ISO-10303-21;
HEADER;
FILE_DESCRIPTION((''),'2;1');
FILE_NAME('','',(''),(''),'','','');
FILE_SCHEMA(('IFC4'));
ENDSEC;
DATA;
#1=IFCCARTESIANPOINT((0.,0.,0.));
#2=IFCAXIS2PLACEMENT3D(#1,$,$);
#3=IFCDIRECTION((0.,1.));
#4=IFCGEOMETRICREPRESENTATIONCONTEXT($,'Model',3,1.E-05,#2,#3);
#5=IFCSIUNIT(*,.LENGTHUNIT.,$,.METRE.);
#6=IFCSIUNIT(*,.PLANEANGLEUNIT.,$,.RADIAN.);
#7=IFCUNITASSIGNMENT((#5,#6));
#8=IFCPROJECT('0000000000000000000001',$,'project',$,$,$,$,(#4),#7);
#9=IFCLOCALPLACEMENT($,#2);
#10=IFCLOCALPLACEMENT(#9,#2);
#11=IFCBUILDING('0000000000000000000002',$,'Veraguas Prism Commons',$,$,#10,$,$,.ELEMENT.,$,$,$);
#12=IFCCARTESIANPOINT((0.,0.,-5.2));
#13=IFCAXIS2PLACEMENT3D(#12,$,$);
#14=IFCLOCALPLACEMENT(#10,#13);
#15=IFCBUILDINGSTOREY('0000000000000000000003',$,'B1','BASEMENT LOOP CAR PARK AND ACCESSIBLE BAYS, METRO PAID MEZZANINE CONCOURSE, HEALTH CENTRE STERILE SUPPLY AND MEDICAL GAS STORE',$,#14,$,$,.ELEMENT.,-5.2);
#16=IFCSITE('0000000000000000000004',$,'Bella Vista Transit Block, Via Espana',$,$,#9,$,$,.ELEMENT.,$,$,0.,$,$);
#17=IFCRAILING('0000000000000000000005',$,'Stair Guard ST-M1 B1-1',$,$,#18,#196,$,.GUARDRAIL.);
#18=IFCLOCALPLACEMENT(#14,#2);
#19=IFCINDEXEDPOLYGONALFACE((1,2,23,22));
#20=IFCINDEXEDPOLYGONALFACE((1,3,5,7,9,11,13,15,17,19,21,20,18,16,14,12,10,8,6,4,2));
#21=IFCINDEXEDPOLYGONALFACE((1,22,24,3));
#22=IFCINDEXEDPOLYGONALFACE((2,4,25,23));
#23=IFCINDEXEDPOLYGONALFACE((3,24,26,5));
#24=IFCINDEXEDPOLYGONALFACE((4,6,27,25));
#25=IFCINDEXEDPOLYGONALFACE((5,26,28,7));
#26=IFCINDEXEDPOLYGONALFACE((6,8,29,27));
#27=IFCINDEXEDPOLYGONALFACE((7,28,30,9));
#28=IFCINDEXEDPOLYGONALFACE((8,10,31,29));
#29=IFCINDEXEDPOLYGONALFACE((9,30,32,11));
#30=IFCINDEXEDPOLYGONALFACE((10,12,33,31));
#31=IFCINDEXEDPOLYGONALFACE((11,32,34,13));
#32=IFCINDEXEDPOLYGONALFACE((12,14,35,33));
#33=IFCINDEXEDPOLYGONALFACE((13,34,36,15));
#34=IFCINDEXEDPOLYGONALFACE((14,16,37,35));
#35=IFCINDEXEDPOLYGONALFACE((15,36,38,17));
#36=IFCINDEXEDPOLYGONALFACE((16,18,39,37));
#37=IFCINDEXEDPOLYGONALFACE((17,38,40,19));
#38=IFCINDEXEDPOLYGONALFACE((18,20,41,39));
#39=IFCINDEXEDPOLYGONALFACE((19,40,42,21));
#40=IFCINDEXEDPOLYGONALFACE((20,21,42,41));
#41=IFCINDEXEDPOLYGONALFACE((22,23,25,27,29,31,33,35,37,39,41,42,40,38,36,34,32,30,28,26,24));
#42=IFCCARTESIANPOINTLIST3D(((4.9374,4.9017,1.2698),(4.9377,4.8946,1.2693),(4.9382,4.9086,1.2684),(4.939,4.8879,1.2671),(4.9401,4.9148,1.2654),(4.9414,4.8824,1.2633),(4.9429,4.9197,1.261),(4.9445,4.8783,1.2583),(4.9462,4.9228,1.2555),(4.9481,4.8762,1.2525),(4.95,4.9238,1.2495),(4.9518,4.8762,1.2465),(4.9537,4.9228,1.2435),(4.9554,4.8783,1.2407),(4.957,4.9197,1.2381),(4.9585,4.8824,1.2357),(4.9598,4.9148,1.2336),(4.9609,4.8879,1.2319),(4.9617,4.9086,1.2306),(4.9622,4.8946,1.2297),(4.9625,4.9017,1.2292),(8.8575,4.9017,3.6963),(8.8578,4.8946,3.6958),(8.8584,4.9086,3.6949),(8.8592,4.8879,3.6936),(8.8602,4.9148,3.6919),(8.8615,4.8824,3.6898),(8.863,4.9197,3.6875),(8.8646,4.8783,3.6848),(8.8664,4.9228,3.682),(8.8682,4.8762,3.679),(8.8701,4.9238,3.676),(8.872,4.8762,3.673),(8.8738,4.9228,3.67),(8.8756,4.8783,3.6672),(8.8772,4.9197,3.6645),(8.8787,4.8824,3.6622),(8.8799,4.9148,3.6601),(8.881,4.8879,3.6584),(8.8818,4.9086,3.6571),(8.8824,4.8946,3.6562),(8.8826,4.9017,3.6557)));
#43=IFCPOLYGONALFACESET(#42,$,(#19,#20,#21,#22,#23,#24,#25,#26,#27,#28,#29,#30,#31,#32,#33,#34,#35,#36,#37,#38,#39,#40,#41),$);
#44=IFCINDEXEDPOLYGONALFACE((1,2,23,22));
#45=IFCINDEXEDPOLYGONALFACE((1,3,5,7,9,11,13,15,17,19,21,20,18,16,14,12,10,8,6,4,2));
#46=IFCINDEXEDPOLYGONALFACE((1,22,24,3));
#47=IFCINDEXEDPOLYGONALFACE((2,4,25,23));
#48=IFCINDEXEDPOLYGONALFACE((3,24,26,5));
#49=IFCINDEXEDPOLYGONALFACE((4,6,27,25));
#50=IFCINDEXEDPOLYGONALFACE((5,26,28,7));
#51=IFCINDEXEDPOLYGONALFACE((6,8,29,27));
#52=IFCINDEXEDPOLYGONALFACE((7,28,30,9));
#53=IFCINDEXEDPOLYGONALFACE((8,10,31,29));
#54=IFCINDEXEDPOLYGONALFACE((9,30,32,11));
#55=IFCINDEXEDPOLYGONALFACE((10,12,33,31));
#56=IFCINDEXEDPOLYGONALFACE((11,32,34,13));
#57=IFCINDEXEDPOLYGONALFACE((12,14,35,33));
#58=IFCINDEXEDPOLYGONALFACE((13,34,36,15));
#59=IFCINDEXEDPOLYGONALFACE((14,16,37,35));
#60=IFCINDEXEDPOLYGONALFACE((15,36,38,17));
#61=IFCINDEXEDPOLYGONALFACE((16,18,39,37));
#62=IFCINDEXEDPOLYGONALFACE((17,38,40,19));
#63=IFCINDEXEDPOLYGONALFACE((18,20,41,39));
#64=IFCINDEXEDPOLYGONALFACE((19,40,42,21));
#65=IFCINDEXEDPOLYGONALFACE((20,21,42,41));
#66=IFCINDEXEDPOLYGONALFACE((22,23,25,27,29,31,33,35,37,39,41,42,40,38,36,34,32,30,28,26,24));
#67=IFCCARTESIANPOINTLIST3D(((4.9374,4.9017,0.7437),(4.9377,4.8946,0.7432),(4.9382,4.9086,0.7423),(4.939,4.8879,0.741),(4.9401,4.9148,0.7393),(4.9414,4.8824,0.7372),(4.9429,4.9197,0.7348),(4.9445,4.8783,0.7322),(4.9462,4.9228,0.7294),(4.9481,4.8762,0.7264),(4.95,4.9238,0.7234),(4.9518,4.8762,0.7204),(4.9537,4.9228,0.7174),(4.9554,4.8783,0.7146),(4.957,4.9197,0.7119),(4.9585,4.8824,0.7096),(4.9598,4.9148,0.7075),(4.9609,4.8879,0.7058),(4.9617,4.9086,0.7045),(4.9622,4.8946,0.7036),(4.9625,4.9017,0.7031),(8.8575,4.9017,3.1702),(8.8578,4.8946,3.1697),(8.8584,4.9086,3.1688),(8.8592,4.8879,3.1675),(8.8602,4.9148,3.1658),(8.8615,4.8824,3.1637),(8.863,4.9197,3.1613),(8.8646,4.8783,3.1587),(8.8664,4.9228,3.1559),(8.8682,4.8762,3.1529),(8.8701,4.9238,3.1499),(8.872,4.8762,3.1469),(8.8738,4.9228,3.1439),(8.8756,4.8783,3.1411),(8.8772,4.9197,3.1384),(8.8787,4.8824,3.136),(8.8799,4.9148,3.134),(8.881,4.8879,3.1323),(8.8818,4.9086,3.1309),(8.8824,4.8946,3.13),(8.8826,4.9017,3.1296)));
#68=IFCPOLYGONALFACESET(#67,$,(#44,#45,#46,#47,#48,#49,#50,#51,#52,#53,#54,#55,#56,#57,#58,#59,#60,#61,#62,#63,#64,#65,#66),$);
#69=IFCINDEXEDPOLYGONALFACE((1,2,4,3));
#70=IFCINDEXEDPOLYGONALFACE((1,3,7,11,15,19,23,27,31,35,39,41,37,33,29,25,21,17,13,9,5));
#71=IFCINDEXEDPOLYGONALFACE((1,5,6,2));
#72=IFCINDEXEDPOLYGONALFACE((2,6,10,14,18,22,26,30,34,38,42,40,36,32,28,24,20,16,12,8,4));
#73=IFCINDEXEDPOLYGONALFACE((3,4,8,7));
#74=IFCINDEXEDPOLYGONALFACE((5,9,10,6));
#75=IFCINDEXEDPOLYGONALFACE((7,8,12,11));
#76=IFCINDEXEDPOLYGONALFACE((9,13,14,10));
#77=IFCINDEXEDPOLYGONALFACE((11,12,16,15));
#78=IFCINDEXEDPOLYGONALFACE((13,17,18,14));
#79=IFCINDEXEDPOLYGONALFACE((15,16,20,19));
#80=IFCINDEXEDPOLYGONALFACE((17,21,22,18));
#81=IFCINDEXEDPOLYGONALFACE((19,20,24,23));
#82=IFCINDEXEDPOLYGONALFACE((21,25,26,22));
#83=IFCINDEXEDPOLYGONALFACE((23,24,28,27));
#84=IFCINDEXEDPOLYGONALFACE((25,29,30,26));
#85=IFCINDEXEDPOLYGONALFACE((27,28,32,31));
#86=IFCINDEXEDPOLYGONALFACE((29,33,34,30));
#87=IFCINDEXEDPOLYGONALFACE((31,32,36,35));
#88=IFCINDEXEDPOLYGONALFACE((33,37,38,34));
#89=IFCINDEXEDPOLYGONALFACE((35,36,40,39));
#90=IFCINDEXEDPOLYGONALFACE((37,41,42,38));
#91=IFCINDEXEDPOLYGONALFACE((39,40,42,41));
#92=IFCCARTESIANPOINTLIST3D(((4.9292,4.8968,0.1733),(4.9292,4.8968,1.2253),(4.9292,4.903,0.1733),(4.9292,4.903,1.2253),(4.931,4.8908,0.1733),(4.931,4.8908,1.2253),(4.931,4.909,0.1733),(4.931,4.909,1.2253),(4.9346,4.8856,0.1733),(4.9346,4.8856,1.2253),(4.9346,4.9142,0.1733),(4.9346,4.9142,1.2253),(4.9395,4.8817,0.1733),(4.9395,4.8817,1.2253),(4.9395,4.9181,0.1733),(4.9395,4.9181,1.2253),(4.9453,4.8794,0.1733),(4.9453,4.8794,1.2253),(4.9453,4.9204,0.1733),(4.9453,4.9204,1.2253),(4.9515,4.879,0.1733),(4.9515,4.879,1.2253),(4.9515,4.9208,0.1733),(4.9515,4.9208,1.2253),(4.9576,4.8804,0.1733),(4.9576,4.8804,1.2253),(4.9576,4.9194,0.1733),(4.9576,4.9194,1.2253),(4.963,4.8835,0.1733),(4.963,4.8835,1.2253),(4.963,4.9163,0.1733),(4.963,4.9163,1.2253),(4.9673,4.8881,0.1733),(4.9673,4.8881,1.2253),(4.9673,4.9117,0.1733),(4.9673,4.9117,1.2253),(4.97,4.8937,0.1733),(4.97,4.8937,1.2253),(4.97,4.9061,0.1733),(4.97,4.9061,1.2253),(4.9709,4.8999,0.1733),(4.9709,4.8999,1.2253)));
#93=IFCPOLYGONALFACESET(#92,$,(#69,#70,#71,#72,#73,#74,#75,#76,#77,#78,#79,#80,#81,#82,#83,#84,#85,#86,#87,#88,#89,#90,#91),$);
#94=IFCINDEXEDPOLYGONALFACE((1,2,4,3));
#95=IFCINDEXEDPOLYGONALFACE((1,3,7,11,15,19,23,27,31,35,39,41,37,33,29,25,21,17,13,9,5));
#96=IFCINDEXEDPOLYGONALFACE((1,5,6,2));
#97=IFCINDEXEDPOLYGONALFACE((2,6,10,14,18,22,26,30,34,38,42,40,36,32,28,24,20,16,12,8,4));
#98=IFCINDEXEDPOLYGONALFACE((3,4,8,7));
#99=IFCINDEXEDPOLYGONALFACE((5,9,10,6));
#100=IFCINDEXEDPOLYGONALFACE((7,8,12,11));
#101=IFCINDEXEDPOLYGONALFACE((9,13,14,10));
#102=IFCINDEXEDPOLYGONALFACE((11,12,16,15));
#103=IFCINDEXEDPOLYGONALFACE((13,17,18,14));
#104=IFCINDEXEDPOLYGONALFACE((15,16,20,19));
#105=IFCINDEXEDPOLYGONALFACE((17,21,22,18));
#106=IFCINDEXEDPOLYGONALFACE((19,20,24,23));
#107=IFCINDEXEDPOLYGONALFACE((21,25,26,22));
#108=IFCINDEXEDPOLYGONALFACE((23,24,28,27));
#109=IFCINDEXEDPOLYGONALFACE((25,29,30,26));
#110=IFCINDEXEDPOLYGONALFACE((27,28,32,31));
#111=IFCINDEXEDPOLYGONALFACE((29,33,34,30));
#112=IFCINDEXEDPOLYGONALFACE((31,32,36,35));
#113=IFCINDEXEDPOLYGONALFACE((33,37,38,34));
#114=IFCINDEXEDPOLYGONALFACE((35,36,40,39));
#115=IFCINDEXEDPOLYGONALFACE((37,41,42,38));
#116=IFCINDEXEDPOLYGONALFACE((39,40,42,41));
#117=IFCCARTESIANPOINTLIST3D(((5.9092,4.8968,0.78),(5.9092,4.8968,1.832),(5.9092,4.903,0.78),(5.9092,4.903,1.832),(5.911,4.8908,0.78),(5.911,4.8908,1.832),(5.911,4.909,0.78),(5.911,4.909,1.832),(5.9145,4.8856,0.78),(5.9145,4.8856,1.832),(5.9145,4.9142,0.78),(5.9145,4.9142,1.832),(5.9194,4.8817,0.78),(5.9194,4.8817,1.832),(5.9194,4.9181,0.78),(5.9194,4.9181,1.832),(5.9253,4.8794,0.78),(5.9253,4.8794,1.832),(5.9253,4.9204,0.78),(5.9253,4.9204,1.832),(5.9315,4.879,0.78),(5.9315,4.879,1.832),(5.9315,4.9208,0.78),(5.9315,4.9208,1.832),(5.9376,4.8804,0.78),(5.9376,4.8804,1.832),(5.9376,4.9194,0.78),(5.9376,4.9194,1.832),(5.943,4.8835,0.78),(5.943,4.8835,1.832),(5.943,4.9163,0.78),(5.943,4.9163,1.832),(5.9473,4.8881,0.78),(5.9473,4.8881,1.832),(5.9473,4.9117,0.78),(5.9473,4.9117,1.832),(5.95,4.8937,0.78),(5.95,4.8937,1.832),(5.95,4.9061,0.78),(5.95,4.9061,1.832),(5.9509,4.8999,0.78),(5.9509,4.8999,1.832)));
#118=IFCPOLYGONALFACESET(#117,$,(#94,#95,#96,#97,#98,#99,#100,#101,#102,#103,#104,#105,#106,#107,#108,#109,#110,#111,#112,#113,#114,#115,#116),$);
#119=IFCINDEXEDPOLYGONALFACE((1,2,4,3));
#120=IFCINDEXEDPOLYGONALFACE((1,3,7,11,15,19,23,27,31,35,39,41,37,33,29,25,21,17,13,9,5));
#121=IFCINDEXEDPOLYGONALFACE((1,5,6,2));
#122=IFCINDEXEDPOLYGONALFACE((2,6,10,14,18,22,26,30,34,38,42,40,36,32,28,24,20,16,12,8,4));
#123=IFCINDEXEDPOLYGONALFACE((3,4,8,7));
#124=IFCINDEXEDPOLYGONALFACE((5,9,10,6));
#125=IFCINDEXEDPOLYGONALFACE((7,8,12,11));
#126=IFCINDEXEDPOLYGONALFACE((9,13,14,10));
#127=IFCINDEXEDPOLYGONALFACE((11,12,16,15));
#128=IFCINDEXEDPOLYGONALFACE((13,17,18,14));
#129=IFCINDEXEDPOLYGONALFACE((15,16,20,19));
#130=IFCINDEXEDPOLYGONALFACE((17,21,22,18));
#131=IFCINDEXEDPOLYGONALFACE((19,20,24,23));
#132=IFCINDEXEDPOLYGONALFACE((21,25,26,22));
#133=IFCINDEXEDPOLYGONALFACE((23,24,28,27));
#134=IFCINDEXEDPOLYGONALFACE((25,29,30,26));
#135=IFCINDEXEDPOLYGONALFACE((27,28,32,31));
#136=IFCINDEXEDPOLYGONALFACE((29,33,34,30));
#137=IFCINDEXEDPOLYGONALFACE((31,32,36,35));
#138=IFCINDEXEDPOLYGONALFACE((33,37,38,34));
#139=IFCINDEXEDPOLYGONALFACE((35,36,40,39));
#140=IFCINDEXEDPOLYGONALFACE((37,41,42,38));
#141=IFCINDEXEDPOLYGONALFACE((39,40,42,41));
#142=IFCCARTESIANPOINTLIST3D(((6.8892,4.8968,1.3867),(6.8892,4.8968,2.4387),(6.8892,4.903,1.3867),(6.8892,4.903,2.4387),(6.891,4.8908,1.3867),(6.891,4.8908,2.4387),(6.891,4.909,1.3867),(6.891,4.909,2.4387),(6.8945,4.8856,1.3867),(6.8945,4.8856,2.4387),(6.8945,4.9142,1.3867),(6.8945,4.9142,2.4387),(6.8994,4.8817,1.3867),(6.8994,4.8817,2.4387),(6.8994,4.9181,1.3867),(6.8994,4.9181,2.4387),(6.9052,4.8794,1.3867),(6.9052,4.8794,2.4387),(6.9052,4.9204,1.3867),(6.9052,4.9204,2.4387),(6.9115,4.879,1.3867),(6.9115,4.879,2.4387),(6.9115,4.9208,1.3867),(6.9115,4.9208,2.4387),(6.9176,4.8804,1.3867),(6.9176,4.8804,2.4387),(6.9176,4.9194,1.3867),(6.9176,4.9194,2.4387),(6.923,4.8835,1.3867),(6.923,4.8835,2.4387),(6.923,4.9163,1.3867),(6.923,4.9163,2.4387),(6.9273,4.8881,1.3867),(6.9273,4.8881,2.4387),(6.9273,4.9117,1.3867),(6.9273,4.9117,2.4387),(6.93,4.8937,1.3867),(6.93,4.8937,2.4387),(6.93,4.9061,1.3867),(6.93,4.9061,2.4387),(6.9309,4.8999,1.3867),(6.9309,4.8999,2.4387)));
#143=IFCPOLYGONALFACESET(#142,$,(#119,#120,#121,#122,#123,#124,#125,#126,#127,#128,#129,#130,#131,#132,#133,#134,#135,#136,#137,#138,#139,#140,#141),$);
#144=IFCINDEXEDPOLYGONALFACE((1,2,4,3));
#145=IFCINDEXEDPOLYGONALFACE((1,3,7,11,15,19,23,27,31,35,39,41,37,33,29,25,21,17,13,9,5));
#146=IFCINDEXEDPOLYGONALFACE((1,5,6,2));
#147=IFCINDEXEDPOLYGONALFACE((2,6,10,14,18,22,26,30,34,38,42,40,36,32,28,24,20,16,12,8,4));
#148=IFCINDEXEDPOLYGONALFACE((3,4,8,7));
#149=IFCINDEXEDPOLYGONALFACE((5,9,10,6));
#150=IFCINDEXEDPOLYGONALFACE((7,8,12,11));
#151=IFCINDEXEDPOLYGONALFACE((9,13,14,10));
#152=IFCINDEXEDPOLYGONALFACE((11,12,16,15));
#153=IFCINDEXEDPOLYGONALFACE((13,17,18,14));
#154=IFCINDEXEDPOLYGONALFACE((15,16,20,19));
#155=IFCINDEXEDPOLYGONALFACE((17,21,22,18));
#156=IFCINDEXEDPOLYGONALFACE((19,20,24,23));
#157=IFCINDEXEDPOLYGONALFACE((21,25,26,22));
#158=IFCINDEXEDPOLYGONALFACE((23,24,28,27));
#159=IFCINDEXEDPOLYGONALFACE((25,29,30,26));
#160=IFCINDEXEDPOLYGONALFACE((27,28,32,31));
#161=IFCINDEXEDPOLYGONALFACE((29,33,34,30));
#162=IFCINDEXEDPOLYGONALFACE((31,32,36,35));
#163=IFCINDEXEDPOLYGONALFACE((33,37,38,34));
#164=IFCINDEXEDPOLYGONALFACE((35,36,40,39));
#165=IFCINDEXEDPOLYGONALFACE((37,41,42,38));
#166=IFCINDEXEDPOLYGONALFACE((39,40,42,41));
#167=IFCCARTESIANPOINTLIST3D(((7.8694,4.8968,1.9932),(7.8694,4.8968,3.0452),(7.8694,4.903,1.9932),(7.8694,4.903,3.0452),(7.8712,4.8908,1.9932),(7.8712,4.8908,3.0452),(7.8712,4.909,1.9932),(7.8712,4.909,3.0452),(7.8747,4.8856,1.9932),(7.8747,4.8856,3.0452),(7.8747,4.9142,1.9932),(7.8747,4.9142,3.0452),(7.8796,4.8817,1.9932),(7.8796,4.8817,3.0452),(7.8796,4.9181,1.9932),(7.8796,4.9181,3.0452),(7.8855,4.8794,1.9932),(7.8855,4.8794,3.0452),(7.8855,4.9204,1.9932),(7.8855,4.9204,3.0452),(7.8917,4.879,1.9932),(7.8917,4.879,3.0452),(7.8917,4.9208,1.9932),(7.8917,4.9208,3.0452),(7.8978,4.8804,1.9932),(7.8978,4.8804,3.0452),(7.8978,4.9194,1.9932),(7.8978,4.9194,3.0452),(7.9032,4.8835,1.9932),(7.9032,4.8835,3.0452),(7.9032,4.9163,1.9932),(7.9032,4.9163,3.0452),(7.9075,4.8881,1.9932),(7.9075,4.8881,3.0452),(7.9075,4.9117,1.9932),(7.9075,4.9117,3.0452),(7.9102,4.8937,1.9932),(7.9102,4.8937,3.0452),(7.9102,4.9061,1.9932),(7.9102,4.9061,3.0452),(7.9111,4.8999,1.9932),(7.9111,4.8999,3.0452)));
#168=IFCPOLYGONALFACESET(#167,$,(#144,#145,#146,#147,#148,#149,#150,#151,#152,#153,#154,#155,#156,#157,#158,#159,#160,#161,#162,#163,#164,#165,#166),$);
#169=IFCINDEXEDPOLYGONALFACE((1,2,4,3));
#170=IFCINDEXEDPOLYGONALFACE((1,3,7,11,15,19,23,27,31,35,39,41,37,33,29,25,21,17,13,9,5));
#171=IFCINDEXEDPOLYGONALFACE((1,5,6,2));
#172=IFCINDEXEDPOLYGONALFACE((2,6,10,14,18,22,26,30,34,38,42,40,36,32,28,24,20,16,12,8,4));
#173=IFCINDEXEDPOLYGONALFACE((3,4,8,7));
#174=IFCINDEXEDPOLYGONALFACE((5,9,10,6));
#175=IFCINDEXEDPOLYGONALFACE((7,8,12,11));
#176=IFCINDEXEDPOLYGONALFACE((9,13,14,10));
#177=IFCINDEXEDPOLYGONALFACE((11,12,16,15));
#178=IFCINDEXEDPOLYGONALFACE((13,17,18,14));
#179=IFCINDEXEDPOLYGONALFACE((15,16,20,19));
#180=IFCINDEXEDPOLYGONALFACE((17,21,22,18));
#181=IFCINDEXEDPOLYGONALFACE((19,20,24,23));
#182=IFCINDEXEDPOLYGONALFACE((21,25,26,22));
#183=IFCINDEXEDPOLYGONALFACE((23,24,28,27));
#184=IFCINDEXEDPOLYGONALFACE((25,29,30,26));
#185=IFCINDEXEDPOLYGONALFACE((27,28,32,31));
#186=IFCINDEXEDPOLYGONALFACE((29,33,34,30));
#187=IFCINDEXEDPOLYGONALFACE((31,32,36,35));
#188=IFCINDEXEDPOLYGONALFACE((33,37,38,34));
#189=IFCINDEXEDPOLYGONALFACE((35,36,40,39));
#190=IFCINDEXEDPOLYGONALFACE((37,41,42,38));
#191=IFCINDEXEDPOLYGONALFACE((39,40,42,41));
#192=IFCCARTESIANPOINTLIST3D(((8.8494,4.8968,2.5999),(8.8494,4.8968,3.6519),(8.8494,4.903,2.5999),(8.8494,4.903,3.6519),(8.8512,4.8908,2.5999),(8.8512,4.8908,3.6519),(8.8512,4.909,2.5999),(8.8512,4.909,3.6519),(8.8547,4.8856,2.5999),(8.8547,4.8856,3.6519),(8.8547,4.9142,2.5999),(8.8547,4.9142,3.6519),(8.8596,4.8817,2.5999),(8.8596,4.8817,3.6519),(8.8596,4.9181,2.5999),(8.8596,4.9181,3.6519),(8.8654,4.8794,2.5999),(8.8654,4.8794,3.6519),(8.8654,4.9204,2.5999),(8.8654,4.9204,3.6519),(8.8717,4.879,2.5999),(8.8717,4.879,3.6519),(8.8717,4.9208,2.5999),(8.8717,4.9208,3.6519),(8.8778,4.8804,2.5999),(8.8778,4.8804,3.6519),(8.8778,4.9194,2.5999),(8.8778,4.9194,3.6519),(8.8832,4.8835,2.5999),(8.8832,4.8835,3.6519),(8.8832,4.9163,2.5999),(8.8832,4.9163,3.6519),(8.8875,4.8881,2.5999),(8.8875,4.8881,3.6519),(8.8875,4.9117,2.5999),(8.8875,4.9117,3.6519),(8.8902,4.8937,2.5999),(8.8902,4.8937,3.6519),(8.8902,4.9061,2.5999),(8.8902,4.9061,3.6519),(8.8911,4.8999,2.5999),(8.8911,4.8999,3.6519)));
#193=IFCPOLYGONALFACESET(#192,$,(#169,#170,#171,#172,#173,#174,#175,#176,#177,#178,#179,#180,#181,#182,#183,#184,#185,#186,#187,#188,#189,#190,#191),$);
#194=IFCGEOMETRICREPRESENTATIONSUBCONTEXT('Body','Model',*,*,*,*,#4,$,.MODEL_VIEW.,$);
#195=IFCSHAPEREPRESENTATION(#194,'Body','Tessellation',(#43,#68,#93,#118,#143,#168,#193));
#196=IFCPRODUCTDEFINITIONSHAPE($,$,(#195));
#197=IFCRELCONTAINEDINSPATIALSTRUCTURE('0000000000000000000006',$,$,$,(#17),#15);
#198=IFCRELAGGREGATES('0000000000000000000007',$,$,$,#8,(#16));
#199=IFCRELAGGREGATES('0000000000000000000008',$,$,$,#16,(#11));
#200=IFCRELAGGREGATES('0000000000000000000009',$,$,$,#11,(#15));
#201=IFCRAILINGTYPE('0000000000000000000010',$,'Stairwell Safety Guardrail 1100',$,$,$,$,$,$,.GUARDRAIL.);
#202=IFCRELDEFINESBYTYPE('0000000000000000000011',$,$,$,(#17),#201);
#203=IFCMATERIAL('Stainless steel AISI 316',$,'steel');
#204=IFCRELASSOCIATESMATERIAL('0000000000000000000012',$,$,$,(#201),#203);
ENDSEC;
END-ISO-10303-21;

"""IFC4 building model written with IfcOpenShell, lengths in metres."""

from ifc_helpers import new_model, si_unit, direction, frame, origin, origin_2d, place, context, subcontext, project, spatial, circle, extrude, material, type_object, element, save


model = new_model("IFC4")

# Units and contexts
model_context = context("Model", 3, precision=1e-05, world=origin(), true_north=direction((0.0, 1.0)))
body_context = subcontext(model_context, "Body", "Model", "MODEL_VIEW")
ifc_project = project(units=[si_unit("LENGTHUNIT", "METRE"), si_unit("PLANEANGLEUNIT", "RADIAN")], contexts=[model_context])

# Site, building, storey
site_placement = place(None, origin())
site = spatial("IfcSite", under=ifc_project, at=site_placement, Name="Bella Vista Transit Block, Via Espana", CompositionType="ELEMENT", RefElevation=0.0)
building_placement = place(site_placement, origin())
building = spatial("IfcBuilding", under=site, at=building_placement, Name="Veraguas Prism Commons", CompositionType="ELEMENT")
storey_placement = place(building_placement, frame((0.0, 0.0, -5.2)))
storey = spatial("IfcBuildingStorey", under=building, at=storey_placement, Name="B1", Description="BASEMENT LOOP CAR PARK AND ACCESSIBLE BAYS, METRO PAID MEZZANINE CONCOURSE, HEALTH CENTRE STERILE SUPPLY AND MEDICAL GAS STORE", CompositionType="ELEMENT", Elevation=-5.2)

# Shared definitions
ifc_material_1 = material(Name="Stainless steel AISI 316", Category="steel")

# Railing
railing_type_1 = type_object("IfcRailingType", Name="Stairwell Safety Guardrail 1100", PredefinedType="GUARDRAIL", material=ifc_material_1)
railing_1_placement = place(storey_placement, frame((4.95, 4.8999, 0.1733)))
element("IfcRailing", 1, at=railing_1_placement, inside=storey, type_object=railing_type_1, Name="Stair Guard ST-M1 B1-1", PredefinedType="GUARDRAIL", context=body_context, shape_type="SweptSolid", body=[
    extrude(circle(Radius=0.0239, at=origin_2d()), frame((0.0, 0.0, 1.0762), z_axis=(0.85029, 0.0, 0.526315), x_axis=(0.0, 1.0, 0.0)), (0.0, 0.0, 1.0), 4.6104),
    extrude(circle(Radius=0.0239, at=origin_2d()), frame((0.0, 0.0, 0.55), z_axis=(0.85029, 0.0, 0.526315), x_axis=(0.0, 1.0, 0.0)), (0.0, 0.0, 1.0), 4.6104),
    extrude(circle(Radius=0.021, at=origin_2d()), origin(), (0.0, 0.0, 1.0), 1.052),
    extrude(circle(Radius=0.021, at=origin_2d()), frame((0.98, 0.0, 0.6067)), (0.0, 0.0, 1.0), 1.052),
    extrude(circle(Radius=0.021, at=origin_2d()), frame((1.96, 0.0, 1.2134)), (0.0, 0.0, 1.0), 1.052),
    extrude(circle(Radius=0.021, at=origin_2d()), frame((2.9402, 0.0, 1.8198)), (0.0, 0.0, 1.0), 1.052),
    extrude(circle(Radius=0.021, at=origin_2d()), frame((3.9202, 0.0, 2.4265)), (0.0, 0.0, 1.0), 1.052),
])

save(model, "model.ifc")
